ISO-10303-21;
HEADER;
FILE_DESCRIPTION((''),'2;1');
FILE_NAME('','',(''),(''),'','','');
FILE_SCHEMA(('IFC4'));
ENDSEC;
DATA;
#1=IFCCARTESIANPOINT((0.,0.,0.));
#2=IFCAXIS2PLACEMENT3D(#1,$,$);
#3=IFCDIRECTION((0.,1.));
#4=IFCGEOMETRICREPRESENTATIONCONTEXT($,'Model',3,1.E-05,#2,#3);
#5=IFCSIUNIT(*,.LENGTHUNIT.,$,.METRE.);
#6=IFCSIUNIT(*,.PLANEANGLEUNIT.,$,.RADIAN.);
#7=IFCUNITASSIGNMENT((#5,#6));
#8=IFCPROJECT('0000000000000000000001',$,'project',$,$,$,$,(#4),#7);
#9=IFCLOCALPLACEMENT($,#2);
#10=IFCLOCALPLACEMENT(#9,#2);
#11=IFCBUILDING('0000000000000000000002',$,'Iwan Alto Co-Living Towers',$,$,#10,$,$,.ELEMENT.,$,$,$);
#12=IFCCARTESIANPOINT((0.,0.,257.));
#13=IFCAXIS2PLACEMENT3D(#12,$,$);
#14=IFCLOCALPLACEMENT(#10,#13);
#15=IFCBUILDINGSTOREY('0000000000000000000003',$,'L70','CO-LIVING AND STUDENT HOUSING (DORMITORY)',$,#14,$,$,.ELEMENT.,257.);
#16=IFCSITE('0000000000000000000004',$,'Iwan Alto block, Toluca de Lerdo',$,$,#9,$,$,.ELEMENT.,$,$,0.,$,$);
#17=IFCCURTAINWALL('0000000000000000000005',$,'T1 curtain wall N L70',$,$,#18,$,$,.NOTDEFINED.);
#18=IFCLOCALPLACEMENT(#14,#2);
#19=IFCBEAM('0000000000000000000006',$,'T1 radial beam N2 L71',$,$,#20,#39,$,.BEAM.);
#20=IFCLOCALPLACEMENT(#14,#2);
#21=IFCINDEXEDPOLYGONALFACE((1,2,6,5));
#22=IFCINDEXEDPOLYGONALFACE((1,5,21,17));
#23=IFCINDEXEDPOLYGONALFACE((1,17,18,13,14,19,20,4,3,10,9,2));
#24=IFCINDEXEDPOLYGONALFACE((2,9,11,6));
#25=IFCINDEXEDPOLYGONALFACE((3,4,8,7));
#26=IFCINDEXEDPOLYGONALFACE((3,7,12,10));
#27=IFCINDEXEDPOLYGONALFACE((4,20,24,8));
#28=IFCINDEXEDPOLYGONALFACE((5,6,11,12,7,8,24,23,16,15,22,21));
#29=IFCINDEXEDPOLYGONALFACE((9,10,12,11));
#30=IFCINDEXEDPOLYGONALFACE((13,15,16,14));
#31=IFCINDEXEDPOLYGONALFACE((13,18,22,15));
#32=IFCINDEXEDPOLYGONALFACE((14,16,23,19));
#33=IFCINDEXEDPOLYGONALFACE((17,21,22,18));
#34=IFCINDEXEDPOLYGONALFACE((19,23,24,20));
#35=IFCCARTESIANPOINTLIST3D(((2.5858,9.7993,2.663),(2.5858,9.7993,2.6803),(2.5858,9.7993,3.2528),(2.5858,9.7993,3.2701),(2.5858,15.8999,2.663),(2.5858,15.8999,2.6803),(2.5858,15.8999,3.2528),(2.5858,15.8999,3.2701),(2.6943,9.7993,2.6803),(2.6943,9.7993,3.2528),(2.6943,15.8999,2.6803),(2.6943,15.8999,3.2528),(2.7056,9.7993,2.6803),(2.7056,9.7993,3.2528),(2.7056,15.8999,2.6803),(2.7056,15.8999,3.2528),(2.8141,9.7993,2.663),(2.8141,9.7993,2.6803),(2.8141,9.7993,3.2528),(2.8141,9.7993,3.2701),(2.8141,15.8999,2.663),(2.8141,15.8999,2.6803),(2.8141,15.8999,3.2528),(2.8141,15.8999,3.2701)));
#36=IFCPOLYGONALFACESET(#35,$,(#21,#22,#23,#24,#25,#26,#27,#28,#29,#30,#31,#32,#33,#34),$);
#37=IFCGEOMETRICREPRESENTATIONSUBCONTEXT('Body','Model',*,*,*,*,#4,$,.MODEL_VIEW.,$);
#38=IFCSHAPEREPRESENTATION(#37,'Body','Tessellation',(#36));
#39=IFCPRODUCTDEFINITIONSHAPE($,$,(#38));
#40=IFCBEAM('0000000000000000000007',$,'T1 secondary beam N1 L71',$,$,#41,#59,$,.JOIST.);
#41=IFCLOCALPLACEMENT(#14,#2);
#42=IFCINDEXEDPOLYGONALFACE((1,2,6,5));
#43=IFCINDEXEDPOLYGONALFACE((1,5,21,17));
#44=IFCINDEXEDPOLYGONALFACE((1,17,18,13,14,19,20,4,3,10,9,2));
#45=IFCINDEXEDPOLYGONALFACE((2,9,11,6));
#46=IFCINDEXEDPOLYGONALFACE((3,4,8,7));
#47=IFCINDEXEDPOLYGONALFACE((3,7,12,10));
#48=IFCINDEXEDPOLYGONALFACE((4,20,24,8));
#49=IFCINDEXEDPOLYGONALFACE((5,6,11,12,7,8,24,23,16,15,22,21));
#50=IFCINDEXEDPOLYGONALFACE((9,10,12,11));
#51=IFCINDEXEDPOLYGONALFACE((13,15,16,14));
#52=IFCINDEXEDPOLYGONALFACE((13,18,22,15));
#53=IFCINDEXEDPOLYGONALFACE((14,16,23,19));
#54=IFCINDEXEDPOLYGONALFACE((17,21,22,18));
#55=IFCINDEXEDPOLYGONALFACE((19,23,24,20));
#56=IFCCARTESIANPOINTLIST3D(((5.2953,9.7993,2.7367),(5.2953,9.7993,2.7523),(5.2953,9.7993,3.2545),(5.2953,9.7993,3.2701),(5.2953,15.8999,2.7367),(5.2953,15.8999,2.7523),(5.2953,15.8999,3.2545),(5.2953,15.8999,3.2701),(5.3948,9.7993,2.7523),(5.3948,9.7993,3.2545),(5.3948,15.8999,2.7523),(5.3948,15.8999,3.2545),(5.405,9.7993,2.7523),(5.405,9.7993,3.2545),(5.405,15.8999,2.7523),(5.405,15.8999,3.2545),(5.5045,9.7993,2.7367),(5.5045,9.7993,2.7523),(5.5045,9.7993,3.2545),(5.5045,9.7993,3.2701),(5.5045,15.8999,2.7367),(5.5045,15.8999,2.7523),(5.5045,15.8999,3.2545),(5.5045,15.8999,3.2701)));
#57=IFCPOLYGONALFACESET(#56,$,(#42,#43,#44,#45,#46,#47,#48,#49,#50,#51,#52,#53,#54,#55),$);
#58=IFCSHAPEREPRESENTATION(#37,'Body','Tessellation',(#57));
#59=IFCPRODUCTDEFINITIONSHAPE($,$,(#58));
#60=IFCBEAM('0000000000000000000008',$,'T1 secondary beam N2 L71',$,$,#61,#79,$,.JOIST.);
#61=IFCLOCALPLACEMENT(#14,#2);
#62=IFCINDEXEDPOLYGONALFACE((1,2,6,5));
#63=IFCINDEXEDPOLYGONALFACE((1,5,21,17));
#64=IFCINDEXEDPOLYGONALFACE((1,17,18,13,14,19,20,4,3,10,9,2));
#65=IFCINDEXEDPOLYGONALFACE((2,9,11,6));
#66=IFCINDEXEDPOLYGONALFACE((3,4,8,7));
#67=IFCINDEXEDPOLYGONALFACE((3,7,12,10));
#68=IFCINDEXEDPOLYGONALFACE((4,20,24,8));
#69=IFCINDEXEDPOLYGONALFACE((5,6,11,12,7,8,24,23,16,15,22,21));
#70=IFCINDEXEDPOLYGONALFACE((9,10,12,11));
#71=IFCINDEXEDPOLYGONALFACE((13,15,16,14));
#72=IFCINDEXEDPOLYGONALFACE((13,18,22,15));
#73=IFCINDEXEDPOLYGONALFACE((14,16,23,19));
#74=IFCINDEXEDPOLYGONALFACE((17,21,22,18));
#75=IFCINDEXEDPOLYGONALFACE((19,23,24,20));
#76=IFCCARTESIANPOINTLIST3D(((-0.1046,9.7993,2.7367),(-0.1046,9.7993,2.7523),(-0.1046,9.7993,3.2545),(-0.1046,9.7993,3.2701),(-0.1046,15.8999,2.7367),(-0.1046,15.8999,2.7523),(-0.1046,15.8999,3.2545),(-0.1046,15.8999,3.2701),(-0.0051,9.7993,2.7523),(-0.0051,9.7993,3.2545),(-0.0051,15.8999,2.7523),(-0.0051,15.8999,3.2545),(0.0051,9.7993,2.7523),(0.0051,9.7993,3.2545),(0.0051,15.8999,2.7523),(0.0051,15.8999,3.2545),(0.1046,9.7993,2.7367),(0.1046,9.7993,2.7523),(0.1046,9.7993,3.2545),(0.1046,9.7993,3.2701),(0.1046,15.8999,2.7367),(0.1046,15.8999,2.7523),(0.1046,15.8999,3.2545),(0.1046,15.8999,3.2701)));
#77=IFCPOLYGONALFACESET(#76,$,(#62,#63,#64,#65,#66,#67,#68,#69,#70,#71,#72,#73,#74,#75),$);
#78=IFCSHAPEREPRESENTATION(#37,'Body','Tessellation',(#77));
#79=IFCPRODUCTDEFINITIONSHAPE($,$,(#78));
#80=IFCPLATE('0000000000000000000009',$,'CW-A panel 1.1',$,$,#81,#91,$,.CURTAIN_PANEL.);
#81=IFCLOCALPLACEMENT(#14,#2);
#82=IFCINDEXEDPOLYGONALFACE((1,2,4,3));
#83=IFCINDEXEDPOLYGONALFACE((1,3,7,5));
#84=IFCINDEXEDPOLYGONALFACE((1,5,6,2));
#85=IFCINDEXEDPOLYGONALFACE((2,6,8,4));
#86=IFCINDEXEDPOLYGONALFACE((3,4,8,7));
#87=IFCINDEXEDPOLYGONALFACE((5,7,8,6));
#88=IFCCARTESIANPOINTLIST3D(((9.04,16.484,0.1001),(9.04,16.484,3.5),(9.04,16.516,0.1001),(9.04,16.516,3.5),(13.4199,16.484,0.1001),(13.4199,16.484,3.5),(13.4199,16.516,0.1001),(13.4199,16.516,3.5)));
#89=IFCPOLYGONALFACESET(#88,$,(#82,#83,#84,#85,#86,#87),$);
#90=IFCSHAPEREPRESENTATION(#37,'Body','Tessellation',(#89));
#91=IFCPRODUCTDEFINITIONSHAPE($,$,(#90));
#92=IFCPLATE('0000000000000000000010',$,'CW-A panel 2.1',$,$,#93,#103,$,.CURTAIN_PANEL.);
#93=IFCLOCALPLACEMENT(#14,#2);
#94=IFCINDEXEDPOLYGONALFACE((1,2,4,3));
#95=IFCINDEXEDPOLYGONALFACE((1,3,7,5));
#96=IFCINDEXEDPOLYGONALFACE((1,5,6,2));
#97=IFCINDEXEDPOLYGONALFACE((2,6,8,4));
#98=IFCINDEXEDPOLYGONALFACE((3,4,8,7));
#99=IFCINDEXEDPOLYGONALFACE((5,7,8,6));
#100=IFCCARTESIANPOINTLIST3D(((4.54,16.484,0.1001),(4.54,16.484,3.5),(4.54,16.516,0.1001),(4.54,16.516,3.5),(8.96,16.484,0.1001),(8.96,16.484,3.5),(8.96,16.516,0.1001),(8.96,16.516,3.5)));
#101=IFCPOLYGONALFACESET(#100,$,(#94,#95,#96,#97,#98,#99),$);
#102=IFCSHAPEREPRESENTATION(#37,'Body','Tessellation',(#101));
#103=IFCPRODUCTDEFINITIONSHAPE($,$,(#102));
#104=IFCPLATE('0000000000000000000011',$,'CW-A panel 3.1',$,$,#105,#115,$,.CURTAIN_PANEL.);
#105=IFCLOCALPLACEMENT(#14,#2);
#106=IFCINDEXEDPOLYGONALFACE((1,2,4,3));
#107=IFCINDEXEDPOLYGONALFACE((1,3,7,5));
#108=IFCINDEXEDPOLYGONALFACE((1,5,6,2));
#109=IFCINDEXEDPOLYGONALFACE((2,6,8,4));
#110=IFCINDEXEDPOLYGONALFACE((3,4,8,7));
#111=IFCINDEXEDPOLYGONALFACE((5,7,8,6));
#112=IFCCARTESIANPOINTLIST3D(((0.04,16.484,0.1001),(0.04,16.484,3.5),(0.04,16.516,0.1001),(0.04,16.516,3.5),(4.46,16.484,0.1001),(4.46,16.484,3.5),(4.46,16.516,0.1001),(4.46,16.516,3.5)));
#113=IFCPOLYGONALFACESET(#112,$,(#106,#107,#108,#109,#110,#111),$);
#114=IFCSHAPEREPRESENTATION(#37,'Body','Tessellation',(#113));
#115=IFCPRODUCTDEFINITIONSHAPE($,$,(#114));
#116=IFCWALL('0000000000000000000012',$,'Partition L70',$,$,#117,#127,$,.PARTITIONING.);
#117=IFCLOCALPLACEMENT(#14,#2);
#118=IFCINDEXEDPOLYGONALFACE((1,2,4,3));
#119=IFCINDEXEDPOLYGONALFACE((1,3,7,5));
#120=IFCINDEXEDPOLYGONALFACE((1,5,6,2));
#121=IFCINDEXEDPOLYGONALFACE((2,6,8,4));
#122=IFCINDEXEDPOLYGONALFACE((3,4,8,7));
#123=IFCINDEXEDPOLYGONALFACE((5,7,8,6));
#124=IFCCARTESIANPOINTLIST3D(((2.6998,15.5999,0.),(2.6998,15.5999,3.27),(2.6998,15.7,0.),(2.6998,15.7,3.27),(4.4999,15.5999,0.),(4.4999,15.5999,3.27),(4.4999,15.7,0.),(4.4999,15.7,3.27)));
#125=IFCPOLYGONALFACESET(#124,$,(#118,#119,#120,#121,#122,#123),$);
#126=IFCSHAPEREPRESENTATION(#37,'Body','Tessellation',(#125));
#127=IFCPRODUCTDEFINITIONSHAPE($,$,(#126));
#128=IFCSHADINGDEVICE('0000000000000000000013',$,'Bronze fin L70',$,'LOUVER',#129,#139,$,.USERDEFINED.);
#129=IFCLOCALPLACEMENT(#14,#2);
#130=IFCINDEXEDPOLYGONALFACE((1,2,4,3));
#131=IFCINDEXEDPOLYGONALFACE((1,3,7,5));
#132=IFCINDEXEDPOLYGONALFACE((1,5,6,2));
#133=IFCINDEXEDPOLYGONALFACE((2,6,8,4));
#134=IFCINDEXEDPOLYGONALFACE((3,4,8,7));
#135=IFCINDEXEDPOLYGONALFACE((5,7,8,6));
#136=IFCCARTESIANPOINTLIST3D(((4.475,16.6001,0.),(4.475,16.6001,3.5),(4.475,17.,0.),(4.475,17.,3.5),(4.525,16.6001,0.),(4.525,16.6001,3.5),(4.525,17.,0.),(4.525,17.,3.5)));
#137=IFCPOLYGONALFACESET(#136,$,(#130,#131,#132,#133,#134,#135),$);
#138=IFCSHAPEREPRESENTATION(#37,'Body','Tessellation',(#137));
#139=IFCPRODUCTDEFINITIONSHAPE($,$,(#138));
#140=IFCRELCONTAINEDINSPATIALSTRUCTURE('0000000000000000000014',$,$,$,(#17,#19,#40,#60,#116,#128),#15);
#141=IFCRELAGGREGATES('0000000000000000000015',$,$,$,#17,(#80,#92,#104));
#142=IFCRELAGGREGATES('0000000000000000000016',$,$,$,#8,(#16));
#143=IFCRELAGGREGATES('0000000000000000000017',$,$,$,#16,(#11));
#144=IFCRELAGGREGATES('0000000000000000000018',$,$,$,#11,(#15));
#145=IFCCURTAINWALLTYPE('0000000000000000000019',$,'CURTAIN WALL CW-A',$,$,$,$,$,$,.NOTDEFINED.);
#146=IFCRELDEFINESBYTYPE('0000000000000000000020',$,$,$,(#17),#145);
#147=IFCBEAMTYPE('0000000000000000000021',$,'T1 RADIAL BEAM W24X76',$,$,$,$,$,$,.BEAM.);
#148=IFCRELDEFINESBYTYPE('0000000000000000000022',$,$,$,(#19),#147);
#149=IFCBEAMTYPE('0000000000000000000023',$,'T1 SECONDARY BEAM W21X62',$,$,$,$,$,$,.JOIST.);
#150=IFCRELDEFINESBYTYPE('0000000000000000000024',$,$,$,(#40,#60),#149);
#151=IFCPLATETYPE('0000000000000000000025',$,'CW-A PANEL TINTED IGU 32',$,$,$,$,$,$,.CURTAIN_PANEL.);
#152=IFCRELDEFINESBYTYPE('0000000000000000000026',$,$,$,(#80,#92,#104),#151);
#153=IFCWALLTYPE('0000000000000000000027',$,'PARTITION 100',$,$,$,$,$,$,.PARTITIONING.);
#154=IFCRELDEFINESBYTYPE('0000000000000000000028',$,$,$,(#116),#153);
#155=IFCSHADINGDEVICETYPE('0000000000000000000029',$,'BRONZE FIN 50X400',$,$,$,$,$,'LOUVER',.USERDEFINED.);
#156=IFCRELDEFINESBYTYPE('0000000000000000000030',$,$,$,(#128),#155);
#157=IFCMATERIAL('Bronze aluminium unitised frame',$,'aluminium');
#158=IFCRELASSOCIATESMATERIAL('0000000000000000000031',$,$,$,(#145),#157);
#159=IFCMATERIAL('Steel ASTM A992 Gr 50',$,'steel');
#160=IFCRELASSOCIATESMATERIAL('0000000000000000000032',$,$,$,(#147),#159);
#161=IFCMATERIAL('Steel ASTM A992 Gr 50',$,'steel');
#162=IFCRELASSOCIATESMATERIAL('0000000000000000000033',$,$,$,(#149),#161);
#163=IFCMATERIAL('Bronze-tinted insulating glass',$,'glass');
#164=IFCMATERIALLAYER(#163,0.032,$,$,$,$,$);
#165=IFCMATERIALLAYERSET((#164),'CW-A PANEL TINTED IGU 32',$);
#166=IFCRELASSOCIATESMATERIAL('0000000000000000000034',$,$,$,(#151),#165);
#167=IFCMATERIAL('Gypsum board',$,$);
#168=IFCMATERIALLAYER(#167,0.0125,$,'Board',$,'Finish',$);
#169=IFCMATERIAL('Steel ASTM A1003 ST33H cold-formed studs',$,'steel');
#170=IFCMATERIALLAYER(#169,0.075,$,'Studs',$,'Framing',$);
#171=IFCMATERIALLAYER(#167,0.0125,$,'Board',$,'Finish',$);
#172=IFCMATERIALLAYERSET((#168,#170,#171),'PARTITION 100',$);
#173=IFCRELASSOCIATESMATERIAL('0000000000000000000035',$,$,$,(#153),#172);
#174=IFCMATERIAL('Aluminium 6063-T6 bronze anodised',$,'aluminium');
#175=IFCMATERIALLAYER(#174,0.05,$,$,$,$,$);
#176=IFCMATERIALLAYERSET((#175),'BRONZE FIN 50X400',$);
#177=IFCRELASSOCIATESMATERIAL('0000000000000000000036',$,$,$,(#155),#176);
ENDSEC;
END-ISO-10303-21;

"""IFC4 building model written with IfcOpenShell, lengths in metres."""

from ifc_helpers import new_model, si_unit, direction, frame, frame_2d, origin, origin_2d, place, context, subcontext, project, spatial, rectangle, i_section, extrude, material, layer, layer_set, material_profile, profile_set, type_object, element, aggregate, save


model = new_model("IFC4")

# Units and contexts
model_context = context("Model", 3, precision=1e-05, world=origin(), true_north=direction((0.0, 1.0)))
body_context = subcontext(model_context, "Body", "Model", "MODEL_VIEW")
ifc_project = project(units=[si_unit("LENGTHUNIT", "METRE"), si_unit("PLANEANGLEUNIT", "RADIAN")], contexts=[model_context])

# Site, building, storey
site_placement = place(None, origin())
site = spatial("IfcSite", under=ifc_project, at=site_placement, Name="Iwan Alto block, Toluca de Lerdo", CompositionType="ELEMENT", RefElevation=0.0)
building_placement = place(site_placement, origin())
building = spatial("IfcBuilding", under=site, at=building_placement, Name="Iwan Alto Co-Living Towers", CompositionType="ELEMENT")
storey_placement = place(building_placement, frame((0.0, 0.0, 257.0)))
storey = spatial("IfcBuildingStorey", under=building, at=storey_placement, Name="L70", Description="CO-LIVING AND STUDENT HOUSING (DORMITORY)", CompositionType="ELEMENT", Elevation=257.0)

# Curtain wall
ifc_material_1 = material(Name="Bronze aluminium unitised frame", Category="aluminium")
curtain_wall_type = type_object("IfcCurtainWallType", Name="CURTAIN WALL CW-A", PredefinedType="NOTDEFINED", material=ifc_material_1)
curtain_wall_placement = place(storey_placement, origin())
curtain_wall = element("IfcCurtainWall", 1, at=curtain_wall_placement, inside=storey, type_object=curtain_wall_type, Name="T1 curtain wall N L70", PredefinedType="NOTDEFINED")

# Beams
ifc_material_2 = material(Name="Steel ASTM A992 Gr 50", Category="steel")
ifc_material_profile_1 = material_profile(ifc_material_2, i_section(OverallWidth=0.2283, OverallDepth=0.6072, WebThickness=0.0112, FlangeThickness=0.0173, at=origin_2d()), Name="W24X76")
ifc_profile_set_1 = profile_set([ifc_material_profile_1], Name="Steel ASTM A992 Gr 50")
beam_type_1 = type_object("IfcBeamType", Name="T1 RADIAL BEAM W24X76", PredefinedType="BEAM", material=ifc_profile_set_1)
for number, where, z_axis, x_axis, name in (
    (2, (2.7, 15.8999, 2.9666), (0.0, -1.0, 0.0), (1.0, 0.0, 0.0), "T1 radial beam N2 L71"),
):
    element("IfcBeam", number, at=place(storey_placement, frame(where, z_axis=z_axis, x_axis=x_axis)), inside=storey, type_object=beam_type_1, Name=name, PredefinedType="BEAM", context=body_context, shape_type="SweptSolid", body=[
        extrude(i_section(OverallWidth=0.2283, OverallDepth=0.6072, WebThickness=0.0112, FlangeThickness=0.0173, at=origin_2d()), origin(), (0.0, 0.0, 1.0), 6.1006),
    ])
ifc_material_3 = material(Name="Steel ASTM A992 Gr 50", Category="steel")
ifc_material_profile_2 = material_profile(ifc_material_3, i_section(OverallWidth=0.2092, OverallDepth=0.5334, WebThickness=0.0103, FlangeThickness=0.0156, at=origin_2d()), Name="W21X62")
ifc_profile_set_2 = profile_set([ifc_material_profile_2], Name="Steel ASTM A992 Gr 50")
beam_type_2 = type_object("IfcBeamType", Name="T1 SECONDARY BEAM W21X62", PredefinedType="JOIST", material=ifc_profile_set_2)
for number, where, z_axis, x_axis, name in (
    (3, (5.3999, 15.8999, 3.0034), (0.0, -1.0, 0.0), (1.0, 0.0, 0.0), "T1 secondary beam N1 L71"),
    (4, (0.0, 15.8999, 3.0034), (0.0, -1.0, 0.0), (1.0, 0.0, 0.0), "T1 secondary beam N2 L71"),
):
    element("IfcBeam", number, at=place(storey_placement, frame(where, z_axis=z_axis, x_axis=x_axis)), inside=storey, type_object=beam_type_2, Name=name, PredefinedType="JOIST", context=body_context, shape_type="SweptSolid", body=[
        extrude(i_section(OverallWidth=0.2092, OverallDepth=0.5334, WebThickness=0.0103, FlangeThickness=0.0156, at=origin_2d()), origin(), (0.0, 0.0, 1.0), 6.1006),
    ])

# Plates
ifc_material_4 = material(Name="Bronze-tinted insulating glass", Category="glass")
ifc_layer_1 = layer(ifc_material_4, 0.032)
ifc_layer_set_1 = layer_set([ifc_layer_1], Name="CW-A PANEL TINTED IGU 32")
plate_type = type_object("IfcPlateType", Name="CW-A PANEL TINTED IGU 32", PredefinedType="CURTAIN_PANEL", material=ifc_layer_set_1)
plate_1_placement = place(storey_placement, frame((11.23, 16.5, 0.1001), z_axis=(0.0, 0.0, 1.0), x_axis=(-1.0, 0.0, 0.0)))
plate_1 = element("IfcPlate", 5, at=plate_1_placement, type_object=plate_type, Name="CW-A panel 1.1", PredefinedType="CURTAIN_PANEL", context=body_context, shape_type="SweptSolid", body=[
    extrude(rectangle(XDim=4.3799, YDim=0.032, at=origin_2d()), origin(), (0.0, 0.0, 1.0), 3.3999),
])
plate_2_placement = place(storey_placement, frame((6.75, 16.5, 0.1001), z_axis=(0.0, 0.0, 1.0), x_axis=(-1.0, 0.0, 0.0)))
plate_2 = element("IfcPlate", 6, at=plate_2_placement, type_object=plate_type, Name="CW-A panel 2.1", PredefinedType="CURTAIN_PANEL", context=body_context, shape_type="SweptSolid", body=[
    extrude(rectangle(XDim=4.4199, YDim=0.032, at=origin_2d()), origin(), (0.0, 0.0, 1.0), 3.3999),
])
plate_3_placement = place(storey_placement, frame((2.25, 16.5, 0.1001), z_axis=(0.0, 0.0, 1.0), x_axis=(-1.0, 0.0, 0.0)))
plate_3 = element("IfcPlate", 7, at=plate_3_placement, type_object=plate_type, Name="CW-A panel 3.1", PredefinedType="CURTAIN_PANEL", context=body_context, shape_type="SweptSolid", body=[
    extrude(rectangle(XDim=4.4199, YDim=0.032, at=origin_2d()), origin(), (0.0, 0.0, 1.0), 3.3999),
])
aggregate(curtain_wall, [plate_1, plate_2, plate_3])

# Wall
ifc_material_5 = material(Name="Gypsum board")
ifc_layer_2 = layer(ifc_material_5, 0.0125, Name="Board", Category="Finish")
ifc_material_6 = material(Name="Steel ASTM A1003 ST33H cold-formed studs", Category="steel")
ifc_layer_3 = layer(ifc_material_6, 0.075, Name="Studs", Category="Framing")
ifc_layer_4 = layer(ifc_material_5, 0.0125, Name="Board", Category="Finish")
ifc_layer_set_2 = layer_set([ifc_layer_2, ifc_layer_3, ifc_layer_4], Name="PARTITION 100")
wall_type = type_object("IfcWallType", Name="PARTITION 100", PredefinedType="PARTITIONING", material=ifc_layer_set_2)
wall_placement = place(storey_placement, frame((2.7, 15.6499, 0.0), z_axis=(0.0, 0.0, 1.0), x_axis=(1.0, 0.0, 0.0)))
element("IfcWall", 8, at=wall_placement, inside=storey, type_object=wall_type, Name="Partition L70", PredefinedType="PARTITIONING", context=body_context, shape_type="SweptSolid", body=[
    extrude(rectangle(XDim=1.8, YDim=0.1001, at=frame_2d((0.8999, 0.0))), origin(), (0.0, 0.0, 1.0), 3.27),
])

# Shading device
ifc_material_7 = material(Name="Aluminium 6063-T6 bronze anodised", Category="aluminium")
ifc_layer_5 = layer(ifc_material_7, 0.05)
ifc_layer_set_3 = layer_set([ifc_layer_5], Name="BRONZE FIN 50X400")
shading_device_type = type_object("IfcShadingDeviceType", Name="BRONZE FIN 50X400", ElementType="LOUVER", PredefinedType="USERDEFINED", material=ifc_layer_set_3)
shading_device_placement = place(storey_placement, frame((4.5, 16.8, 0.0), z_axis=(0.0, 0.0, 1.0), x_axis=(-1.0, 0.0, 0.0)))
element("IfcShadingDevice", 9, at=shading_device_placement, inside=storey, type_object=shading_device_type, Name="Bronze fin L70", ObjectType="LOUVER", PredefinedType="USERDEFINED", context=body_context, shape_type="SweptSolid", body=[
    extrude(rectangle(XDim=0.05, YDim=0.3999, at=origin_2d()), origin(), (0.0, 0.0, 1.0), 3.5),
])

save(model, "model.ifc")
